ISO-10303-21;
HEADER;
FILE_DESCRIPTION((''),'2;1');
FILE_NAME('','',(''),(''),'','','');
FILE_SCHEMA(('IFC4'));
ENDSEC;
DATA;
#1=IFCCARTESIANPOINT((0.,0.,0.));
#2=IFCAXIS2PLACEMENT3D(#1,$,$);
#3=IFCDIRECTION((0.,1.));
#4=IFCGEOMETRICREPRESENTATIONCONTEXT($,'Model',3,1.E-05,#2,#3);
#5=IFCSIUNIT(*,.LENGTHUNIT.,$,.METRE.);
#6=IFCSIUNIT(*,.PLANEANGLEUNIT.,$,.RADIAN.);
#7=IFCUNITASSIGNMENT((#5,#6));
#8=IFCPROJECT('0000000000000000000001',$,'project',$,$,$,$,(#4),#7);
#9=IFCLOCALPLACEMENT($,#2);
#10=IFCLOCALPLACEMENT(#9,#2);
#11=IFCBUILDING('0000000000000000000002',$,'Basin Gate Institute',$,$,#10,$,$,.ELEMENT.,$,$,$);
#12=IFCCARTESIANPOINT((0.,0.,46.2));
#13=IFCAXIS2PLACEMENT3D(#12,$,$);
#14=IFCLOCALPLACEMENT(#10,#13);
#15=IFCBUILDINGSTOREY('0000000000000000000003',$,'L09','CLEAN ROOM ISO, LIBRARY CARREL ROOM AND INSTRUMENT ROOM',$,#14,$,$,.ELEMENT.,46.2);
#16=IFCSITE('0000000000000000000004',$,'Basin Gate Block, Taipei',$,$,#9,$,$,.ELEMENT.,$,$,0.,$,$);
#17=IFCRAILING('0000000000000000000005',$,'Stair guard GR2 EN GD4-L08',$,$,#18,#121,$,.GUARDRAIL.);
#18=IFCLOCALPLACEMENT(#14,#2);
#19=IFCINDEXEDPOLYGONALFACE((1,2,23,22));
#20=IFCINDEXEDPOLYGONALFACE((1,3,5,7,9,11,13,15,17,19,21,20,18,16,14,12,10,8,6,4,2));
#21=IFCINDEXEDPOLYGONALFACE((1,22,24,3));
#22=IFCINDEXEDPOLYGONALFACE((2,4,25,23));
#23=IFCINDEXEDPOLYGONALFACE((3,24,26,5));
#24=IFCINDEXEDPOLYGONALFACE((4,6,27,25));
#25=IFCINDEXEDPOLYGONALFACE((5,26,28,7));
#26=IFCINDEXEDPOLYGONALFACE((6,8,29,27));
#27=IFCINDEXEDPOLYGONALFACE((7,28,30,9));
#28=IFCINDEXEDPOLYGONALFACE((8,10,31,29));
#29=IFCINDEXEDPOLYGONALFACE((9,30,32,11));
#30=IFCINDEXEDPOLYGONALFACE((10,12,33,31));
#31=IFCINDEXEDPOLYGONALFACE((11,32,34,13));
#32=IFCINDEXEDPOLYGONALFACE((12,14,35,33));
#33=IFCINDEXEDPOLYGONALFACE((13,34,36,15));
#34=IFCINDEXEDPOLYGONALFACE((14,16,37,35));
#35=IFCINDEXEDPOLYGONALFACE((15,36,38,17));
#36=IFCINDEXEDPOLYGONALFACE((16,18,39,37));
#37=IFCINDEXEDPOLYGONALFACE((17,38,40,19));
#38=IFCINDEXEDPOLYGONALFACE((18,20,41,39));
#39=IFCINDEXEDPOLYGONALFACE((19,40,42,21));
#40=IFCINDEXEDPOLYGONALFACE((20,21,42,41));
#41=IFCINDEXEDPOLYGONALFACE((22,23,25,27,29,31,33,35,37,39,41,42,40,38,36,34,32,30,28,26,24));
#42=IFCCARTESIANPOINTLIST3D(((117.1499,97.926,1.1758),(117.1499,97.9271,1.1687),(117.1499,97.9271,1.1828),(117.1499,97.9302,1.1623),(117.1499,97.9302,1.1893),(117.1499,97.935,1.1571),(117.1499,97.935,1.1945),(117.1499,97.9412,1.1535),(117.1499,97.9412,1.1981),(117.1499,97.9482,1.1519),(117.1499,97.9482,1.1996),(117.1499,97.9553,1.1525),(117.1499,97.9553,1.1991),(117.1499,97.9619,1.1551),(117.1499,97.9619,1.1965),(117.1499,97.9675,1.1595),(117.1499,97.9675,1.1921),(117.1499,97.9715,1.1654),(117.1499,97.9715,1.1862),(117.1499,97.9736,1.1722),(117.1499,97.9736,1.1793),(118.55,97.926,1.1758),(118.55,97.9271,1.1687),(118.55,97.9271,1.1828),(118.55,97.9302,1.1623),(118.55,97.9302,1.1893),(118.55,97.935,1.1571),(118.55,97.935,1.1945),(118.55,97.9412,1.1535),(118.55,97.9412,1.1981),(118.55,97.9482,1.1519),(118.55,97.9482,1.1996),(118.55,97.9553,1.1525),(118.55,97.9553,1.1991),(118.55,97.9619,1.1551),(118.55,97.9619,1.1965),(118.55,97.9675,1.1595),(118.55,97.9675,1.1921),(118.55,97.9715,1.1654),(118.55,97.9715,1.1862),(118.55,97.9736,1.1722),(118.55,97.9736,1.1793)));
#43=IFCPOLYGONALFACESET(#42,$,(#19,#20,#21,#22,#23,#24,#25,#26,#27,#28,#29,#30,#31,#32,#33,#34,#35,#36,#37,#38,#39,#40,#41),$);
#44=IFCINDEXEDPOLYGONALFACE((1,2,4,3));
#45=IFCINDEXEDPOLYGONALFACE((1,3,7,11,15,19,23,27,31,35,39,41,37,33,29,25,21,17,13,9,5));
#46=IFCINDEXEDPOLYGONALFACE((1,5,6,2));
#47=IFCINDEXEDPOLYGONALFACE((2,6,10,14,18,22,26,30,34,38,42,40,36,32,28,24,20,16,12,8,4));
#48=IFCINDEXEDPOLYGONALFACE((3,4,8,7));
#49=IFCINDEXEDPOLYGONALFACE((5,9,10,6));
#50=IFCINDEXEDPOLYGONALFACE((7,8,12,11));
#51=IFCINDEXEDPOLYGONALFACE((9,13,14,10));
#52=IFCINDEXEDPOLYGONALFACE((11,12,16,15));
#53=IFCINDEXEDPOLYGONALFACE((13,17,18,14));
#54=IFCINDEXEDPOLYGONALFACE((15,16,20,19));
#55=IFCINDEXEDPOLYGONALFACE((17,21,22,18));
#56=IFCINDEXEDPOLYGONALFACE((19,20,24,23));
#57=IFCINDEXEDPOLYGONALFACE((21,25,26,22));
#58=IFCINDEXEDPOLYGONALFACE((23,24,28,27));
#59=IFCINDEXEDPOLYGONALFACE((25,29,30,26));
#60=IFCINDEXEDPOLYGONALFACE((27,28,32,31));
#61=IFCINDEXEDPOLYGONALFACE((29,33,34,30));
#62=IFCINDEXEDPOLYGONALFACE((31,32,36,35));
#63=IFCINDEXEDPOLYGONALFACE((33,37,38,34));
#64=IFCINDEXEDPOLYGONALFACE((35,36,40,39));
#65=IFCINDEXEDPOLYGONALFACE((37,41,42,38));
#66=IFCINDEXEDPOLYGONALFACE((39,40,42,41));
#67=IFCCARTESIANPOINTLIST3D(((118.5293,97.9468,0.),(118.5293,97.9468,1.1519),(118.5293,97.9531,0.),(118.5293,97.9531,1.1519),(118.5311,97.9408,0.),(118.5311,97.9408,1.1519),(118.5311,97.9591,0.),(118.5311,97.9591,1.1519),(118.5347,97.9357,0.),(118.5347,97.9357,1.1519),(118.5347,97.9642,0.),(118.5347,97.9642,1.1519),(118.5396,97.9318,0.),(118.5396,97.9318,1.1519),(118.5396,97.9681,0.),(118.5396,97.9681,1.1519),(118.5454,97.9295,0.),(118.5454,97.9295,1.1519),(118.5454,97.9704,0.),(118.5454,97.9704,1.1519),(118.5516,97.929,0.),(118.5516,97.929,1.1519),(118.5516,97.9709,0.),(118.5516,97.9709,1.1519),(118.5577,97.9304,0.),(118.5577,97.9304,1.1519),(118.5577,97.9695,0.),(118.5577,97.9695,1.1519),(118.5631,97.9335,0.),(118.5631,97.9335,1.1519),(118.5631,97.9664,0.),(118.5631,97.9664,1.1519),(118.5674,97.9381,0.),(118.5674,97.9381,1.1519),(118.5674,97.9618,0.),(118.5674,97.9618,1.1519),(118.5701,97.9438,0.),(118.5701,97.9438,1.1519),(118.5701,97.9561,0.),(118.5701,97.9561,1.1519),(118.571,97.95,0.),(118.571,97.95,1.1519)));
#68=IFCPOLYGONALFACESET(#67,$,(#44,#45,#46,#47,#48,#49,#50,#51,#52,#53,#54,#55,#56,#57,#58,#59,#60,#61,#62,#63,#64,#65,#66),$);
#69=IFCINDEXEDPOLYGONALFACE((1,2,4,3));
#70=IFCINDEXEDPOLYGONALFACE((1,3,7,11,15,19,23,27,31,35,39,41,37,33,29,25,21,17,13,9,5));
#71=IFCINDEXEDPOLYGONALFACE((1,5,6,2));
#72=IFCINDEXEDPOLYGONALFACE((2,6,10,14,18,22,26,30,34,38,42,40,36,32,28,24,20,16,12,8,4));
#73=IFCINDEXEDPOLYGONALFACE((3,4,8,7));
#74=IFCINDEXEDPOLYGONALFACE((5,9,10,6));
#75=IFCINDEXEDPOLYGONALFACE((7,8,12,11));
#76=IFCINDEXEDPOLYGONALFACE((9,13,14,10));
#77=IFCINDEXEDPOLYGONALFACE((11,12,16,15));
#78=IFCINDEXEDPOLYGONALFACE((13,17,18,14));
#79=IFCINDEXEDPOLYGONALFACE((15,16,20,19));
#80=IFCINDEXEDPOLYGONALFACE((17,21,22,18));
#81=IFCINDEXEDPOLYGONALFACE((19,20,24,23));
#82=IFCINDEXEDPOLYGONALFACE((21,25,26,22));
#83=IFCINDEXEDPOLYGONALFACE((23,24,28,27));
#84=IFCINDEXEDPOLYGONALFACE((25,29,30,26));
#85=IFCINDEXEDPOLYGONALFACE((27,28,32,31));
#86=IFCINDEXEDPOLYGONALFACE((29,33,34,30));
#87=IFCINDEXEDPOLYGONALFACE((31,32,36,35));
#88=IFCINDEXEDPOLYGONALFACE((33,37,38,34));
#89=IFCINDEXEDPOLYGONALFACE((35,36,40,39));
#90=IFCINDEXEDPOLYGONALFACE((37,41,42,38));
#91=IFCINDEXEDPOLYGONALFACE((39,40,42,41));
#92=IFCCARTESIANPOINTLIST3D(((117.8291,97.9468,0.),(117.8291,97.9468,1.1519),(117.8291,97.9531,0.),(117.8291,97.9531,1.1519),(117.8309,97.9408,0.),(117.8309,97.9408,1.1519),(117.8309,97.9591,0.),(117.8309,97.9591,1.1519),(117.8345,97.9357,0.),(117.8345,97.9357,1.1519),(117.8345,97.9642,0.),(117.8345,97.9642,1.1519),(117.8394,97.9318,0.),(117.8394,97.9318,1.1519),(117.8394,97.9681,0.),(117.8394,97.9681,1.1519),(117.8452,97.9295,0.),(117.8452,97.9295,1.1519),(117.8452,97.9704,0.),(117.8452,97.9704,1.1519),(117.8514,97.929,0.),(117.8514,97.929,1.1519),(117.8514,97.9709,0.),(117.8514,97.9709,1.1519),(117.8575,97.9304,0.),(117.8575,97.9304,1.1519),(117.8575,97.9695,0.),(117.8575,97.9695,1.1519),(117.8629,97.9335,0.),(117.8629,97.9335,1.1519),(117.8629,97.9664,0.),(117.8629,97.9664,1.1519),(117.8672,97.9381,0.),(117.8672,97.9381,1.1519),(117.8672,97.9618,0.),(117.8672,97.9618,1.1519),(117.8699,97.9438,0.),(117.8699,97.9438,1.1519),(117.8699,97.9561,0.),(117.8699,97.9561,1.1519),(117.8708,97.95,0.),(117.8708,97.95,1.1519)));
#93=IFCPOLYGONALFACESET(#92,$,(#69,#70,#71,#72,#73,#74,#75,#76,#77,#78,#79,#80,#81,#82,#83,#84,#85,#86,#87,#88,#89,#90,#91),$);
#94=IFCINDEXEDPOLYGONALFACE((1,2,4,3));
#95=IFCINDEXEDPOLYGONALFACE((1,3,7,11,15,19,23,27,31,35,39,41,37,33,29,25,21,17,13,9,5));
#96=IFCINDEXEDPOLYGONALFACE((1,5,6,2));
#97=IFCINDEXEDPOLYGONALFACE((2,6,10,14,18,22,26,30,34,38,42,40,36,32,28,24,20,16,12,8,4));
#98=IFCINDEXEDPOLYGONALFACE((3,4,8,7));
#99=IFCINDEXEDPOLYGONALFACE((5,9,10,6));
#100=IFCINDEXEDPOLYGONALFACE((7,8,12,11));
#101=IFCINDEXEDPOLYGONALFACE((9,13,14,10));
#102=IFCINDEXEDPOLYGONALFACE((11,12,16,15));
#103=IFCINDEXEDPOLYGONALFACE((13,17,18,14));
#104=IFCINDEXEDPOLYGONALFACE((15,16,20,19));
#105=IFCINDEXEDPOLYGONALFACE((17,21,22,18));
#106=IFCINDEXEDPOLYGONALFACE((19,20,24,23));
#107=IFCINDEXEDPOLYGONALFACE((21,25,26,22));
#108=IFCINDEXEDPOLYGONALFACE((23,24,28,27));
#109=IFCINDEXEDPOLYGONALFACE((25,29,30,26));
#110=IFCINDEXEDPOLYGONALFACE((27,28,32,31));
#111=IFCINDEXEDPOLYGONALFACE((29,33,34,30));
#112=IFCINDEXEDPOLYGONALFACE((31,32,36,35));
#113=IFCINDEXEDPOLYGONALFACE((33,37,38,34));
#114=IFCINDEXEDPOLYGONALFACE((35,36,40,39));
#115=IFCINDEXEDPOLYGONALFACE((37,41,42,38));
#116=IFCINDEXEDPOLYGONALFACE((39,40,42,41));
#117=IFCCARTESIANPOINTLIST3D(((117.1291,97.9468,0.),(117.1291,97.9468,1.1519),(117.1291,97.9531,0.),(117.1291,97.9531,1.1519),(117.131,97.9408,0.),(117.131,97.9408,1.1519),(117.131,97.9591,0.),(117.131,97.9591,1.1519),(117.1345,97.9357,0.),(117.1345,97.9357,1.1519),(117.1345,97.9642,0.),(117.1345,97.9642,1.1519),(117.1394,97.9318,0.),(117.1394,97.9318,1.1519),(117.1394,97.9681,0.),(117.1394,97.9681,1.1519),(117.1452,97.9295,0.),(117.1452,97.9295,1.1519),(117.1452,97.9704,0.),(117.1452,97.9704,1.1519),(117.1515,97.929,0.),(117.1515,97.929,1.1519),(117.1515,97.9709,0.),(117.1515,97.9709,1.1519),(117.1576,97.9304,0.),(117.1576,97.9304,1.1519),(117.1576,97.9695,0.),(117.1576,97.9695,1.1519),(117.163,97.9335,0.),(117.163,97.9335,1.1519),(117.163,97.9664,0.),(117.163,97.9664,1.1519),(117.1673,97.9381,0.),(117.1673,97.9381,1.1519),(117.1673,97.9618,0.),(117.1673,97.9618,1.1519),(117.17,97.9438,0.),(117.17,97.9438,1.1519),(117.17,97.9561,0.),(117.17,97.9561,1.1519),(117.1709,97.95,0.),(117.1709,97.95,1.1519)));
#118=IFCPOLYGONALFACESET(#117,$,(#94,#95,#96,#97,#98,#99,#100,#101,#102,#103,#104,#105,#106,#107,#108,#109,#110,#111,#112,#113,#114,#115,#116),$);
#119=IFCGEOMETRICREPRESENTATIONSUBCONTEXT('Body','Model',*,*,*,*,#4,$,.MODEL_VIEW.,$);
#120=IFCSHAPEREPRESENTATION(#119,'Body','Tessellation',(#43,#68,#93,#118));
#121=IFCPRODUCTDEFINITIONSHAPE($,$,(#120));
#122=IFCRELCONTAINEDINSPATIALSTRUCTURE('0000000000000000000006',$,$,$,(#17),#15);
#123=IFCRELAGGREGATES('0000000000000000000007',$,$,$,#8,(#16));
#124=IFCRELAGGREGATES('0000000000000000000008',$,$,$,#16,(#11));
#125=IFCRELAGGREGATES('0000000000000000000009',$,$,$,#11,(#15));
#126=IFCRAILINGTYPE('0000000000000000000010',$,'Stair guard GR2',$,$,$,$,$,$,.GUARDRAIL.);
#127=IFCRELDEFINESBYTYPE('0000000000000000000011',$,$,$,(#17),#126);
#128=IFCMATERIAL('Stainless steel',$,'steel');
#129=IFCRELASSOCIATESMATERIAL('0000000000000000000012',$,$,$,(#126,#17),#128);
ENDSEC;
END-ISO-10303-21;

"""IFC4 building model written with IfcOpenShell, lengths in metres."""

from ifc_helpers import new_model, si_unit, direction, frame, origin, origin_2d, place, context, subcontext, project, spatial, circle, extrude, material, type_object, element, save


model = new_model("IFC4")

# Units and contexts
model_context = context("Model", 3, precision=1e-05, world=origin(), true_north=direction((0.0, 1.0)))
body_context = subcontext(model_context, "Body", "Model", "MODEL_VIEW")
ifc_project = project(units=[si_unit("LENGTHUNIT", "METRE"), si_unit("PLANEANGLEUNIT", "RADIAN")], contexts=[model_context])

# Site, building, storey
site_placement = place(None, origin())
site = spatial("IfcSite", under=ifc_project, at=site_placement, Name="Basin Gate Block, Taipei", CompositionType="ELEMENT", RefElevation=0.0)
building_placement = place(site_placement, origin())
building = spatial("IfcBuilding", under=site, at=building_placement, Name="Basin Gate Institute", CompositionType="ELEMENT")
storey_placement = place(building_placement, frame((0.0, 0.0, 46.2)))
storey = spatial("IfcBuildingStorey", under=building, at=storey_placement, Name="L09", Description="CLEAN ROOM ISO, LIBRARY CARREL ROOM AND INSTRUMENT ROOM", CompositionType="ELEMENT", Elevation=46.2)

# Railing
ifc_material_1 = material(Name="Stainless steel", Category="steel")
railing_type_1 = type_object("IfcRailingType", Name="Stair guard GR2", PredefinedType="GUARDRAIL", material=ifc_material_1)
railing_1_placement = place(storey_placement, frame((118.55, 97.95, 0.0)))
element("IfcRailing", 1, at=railing_1_placement, inside=storey, type_object=railing_type_1, material=ifc_material_1, Name="Stair guard GR2 EN GD4-L08", PredefinedType="GUARDRAIL", context=body_context, shape_type="SweptSolid", body=[
    extrude(circle(Radius=0.0239, at=origin_2d()), frame((0.0, 0.0, 1.1758), z_axis=(-1.0, 0.0, 0.0), x_axis=(0.0, -1.0, 0.0)), (0.0, 0.0, 1.0), 1.4001),
    extrude(circle(Radius=0.021, at=origin_2d()), origin(), (0.0, 0.0, 1.0), 1.1519),
    extrude(circle(Radius=0.021, at=origin_2d()), frame((-0.7002, 0.0, 0.0)), (0.0, 0.0, 1.0), 1.1519),
    extrude(circle(Radius=0.021, at=origin_2d()), frame((-1.4001, 0.0, 0.0)), (0.0, 0.0, 1.0), 1.1519),
])

save(model, "model.ifc")
